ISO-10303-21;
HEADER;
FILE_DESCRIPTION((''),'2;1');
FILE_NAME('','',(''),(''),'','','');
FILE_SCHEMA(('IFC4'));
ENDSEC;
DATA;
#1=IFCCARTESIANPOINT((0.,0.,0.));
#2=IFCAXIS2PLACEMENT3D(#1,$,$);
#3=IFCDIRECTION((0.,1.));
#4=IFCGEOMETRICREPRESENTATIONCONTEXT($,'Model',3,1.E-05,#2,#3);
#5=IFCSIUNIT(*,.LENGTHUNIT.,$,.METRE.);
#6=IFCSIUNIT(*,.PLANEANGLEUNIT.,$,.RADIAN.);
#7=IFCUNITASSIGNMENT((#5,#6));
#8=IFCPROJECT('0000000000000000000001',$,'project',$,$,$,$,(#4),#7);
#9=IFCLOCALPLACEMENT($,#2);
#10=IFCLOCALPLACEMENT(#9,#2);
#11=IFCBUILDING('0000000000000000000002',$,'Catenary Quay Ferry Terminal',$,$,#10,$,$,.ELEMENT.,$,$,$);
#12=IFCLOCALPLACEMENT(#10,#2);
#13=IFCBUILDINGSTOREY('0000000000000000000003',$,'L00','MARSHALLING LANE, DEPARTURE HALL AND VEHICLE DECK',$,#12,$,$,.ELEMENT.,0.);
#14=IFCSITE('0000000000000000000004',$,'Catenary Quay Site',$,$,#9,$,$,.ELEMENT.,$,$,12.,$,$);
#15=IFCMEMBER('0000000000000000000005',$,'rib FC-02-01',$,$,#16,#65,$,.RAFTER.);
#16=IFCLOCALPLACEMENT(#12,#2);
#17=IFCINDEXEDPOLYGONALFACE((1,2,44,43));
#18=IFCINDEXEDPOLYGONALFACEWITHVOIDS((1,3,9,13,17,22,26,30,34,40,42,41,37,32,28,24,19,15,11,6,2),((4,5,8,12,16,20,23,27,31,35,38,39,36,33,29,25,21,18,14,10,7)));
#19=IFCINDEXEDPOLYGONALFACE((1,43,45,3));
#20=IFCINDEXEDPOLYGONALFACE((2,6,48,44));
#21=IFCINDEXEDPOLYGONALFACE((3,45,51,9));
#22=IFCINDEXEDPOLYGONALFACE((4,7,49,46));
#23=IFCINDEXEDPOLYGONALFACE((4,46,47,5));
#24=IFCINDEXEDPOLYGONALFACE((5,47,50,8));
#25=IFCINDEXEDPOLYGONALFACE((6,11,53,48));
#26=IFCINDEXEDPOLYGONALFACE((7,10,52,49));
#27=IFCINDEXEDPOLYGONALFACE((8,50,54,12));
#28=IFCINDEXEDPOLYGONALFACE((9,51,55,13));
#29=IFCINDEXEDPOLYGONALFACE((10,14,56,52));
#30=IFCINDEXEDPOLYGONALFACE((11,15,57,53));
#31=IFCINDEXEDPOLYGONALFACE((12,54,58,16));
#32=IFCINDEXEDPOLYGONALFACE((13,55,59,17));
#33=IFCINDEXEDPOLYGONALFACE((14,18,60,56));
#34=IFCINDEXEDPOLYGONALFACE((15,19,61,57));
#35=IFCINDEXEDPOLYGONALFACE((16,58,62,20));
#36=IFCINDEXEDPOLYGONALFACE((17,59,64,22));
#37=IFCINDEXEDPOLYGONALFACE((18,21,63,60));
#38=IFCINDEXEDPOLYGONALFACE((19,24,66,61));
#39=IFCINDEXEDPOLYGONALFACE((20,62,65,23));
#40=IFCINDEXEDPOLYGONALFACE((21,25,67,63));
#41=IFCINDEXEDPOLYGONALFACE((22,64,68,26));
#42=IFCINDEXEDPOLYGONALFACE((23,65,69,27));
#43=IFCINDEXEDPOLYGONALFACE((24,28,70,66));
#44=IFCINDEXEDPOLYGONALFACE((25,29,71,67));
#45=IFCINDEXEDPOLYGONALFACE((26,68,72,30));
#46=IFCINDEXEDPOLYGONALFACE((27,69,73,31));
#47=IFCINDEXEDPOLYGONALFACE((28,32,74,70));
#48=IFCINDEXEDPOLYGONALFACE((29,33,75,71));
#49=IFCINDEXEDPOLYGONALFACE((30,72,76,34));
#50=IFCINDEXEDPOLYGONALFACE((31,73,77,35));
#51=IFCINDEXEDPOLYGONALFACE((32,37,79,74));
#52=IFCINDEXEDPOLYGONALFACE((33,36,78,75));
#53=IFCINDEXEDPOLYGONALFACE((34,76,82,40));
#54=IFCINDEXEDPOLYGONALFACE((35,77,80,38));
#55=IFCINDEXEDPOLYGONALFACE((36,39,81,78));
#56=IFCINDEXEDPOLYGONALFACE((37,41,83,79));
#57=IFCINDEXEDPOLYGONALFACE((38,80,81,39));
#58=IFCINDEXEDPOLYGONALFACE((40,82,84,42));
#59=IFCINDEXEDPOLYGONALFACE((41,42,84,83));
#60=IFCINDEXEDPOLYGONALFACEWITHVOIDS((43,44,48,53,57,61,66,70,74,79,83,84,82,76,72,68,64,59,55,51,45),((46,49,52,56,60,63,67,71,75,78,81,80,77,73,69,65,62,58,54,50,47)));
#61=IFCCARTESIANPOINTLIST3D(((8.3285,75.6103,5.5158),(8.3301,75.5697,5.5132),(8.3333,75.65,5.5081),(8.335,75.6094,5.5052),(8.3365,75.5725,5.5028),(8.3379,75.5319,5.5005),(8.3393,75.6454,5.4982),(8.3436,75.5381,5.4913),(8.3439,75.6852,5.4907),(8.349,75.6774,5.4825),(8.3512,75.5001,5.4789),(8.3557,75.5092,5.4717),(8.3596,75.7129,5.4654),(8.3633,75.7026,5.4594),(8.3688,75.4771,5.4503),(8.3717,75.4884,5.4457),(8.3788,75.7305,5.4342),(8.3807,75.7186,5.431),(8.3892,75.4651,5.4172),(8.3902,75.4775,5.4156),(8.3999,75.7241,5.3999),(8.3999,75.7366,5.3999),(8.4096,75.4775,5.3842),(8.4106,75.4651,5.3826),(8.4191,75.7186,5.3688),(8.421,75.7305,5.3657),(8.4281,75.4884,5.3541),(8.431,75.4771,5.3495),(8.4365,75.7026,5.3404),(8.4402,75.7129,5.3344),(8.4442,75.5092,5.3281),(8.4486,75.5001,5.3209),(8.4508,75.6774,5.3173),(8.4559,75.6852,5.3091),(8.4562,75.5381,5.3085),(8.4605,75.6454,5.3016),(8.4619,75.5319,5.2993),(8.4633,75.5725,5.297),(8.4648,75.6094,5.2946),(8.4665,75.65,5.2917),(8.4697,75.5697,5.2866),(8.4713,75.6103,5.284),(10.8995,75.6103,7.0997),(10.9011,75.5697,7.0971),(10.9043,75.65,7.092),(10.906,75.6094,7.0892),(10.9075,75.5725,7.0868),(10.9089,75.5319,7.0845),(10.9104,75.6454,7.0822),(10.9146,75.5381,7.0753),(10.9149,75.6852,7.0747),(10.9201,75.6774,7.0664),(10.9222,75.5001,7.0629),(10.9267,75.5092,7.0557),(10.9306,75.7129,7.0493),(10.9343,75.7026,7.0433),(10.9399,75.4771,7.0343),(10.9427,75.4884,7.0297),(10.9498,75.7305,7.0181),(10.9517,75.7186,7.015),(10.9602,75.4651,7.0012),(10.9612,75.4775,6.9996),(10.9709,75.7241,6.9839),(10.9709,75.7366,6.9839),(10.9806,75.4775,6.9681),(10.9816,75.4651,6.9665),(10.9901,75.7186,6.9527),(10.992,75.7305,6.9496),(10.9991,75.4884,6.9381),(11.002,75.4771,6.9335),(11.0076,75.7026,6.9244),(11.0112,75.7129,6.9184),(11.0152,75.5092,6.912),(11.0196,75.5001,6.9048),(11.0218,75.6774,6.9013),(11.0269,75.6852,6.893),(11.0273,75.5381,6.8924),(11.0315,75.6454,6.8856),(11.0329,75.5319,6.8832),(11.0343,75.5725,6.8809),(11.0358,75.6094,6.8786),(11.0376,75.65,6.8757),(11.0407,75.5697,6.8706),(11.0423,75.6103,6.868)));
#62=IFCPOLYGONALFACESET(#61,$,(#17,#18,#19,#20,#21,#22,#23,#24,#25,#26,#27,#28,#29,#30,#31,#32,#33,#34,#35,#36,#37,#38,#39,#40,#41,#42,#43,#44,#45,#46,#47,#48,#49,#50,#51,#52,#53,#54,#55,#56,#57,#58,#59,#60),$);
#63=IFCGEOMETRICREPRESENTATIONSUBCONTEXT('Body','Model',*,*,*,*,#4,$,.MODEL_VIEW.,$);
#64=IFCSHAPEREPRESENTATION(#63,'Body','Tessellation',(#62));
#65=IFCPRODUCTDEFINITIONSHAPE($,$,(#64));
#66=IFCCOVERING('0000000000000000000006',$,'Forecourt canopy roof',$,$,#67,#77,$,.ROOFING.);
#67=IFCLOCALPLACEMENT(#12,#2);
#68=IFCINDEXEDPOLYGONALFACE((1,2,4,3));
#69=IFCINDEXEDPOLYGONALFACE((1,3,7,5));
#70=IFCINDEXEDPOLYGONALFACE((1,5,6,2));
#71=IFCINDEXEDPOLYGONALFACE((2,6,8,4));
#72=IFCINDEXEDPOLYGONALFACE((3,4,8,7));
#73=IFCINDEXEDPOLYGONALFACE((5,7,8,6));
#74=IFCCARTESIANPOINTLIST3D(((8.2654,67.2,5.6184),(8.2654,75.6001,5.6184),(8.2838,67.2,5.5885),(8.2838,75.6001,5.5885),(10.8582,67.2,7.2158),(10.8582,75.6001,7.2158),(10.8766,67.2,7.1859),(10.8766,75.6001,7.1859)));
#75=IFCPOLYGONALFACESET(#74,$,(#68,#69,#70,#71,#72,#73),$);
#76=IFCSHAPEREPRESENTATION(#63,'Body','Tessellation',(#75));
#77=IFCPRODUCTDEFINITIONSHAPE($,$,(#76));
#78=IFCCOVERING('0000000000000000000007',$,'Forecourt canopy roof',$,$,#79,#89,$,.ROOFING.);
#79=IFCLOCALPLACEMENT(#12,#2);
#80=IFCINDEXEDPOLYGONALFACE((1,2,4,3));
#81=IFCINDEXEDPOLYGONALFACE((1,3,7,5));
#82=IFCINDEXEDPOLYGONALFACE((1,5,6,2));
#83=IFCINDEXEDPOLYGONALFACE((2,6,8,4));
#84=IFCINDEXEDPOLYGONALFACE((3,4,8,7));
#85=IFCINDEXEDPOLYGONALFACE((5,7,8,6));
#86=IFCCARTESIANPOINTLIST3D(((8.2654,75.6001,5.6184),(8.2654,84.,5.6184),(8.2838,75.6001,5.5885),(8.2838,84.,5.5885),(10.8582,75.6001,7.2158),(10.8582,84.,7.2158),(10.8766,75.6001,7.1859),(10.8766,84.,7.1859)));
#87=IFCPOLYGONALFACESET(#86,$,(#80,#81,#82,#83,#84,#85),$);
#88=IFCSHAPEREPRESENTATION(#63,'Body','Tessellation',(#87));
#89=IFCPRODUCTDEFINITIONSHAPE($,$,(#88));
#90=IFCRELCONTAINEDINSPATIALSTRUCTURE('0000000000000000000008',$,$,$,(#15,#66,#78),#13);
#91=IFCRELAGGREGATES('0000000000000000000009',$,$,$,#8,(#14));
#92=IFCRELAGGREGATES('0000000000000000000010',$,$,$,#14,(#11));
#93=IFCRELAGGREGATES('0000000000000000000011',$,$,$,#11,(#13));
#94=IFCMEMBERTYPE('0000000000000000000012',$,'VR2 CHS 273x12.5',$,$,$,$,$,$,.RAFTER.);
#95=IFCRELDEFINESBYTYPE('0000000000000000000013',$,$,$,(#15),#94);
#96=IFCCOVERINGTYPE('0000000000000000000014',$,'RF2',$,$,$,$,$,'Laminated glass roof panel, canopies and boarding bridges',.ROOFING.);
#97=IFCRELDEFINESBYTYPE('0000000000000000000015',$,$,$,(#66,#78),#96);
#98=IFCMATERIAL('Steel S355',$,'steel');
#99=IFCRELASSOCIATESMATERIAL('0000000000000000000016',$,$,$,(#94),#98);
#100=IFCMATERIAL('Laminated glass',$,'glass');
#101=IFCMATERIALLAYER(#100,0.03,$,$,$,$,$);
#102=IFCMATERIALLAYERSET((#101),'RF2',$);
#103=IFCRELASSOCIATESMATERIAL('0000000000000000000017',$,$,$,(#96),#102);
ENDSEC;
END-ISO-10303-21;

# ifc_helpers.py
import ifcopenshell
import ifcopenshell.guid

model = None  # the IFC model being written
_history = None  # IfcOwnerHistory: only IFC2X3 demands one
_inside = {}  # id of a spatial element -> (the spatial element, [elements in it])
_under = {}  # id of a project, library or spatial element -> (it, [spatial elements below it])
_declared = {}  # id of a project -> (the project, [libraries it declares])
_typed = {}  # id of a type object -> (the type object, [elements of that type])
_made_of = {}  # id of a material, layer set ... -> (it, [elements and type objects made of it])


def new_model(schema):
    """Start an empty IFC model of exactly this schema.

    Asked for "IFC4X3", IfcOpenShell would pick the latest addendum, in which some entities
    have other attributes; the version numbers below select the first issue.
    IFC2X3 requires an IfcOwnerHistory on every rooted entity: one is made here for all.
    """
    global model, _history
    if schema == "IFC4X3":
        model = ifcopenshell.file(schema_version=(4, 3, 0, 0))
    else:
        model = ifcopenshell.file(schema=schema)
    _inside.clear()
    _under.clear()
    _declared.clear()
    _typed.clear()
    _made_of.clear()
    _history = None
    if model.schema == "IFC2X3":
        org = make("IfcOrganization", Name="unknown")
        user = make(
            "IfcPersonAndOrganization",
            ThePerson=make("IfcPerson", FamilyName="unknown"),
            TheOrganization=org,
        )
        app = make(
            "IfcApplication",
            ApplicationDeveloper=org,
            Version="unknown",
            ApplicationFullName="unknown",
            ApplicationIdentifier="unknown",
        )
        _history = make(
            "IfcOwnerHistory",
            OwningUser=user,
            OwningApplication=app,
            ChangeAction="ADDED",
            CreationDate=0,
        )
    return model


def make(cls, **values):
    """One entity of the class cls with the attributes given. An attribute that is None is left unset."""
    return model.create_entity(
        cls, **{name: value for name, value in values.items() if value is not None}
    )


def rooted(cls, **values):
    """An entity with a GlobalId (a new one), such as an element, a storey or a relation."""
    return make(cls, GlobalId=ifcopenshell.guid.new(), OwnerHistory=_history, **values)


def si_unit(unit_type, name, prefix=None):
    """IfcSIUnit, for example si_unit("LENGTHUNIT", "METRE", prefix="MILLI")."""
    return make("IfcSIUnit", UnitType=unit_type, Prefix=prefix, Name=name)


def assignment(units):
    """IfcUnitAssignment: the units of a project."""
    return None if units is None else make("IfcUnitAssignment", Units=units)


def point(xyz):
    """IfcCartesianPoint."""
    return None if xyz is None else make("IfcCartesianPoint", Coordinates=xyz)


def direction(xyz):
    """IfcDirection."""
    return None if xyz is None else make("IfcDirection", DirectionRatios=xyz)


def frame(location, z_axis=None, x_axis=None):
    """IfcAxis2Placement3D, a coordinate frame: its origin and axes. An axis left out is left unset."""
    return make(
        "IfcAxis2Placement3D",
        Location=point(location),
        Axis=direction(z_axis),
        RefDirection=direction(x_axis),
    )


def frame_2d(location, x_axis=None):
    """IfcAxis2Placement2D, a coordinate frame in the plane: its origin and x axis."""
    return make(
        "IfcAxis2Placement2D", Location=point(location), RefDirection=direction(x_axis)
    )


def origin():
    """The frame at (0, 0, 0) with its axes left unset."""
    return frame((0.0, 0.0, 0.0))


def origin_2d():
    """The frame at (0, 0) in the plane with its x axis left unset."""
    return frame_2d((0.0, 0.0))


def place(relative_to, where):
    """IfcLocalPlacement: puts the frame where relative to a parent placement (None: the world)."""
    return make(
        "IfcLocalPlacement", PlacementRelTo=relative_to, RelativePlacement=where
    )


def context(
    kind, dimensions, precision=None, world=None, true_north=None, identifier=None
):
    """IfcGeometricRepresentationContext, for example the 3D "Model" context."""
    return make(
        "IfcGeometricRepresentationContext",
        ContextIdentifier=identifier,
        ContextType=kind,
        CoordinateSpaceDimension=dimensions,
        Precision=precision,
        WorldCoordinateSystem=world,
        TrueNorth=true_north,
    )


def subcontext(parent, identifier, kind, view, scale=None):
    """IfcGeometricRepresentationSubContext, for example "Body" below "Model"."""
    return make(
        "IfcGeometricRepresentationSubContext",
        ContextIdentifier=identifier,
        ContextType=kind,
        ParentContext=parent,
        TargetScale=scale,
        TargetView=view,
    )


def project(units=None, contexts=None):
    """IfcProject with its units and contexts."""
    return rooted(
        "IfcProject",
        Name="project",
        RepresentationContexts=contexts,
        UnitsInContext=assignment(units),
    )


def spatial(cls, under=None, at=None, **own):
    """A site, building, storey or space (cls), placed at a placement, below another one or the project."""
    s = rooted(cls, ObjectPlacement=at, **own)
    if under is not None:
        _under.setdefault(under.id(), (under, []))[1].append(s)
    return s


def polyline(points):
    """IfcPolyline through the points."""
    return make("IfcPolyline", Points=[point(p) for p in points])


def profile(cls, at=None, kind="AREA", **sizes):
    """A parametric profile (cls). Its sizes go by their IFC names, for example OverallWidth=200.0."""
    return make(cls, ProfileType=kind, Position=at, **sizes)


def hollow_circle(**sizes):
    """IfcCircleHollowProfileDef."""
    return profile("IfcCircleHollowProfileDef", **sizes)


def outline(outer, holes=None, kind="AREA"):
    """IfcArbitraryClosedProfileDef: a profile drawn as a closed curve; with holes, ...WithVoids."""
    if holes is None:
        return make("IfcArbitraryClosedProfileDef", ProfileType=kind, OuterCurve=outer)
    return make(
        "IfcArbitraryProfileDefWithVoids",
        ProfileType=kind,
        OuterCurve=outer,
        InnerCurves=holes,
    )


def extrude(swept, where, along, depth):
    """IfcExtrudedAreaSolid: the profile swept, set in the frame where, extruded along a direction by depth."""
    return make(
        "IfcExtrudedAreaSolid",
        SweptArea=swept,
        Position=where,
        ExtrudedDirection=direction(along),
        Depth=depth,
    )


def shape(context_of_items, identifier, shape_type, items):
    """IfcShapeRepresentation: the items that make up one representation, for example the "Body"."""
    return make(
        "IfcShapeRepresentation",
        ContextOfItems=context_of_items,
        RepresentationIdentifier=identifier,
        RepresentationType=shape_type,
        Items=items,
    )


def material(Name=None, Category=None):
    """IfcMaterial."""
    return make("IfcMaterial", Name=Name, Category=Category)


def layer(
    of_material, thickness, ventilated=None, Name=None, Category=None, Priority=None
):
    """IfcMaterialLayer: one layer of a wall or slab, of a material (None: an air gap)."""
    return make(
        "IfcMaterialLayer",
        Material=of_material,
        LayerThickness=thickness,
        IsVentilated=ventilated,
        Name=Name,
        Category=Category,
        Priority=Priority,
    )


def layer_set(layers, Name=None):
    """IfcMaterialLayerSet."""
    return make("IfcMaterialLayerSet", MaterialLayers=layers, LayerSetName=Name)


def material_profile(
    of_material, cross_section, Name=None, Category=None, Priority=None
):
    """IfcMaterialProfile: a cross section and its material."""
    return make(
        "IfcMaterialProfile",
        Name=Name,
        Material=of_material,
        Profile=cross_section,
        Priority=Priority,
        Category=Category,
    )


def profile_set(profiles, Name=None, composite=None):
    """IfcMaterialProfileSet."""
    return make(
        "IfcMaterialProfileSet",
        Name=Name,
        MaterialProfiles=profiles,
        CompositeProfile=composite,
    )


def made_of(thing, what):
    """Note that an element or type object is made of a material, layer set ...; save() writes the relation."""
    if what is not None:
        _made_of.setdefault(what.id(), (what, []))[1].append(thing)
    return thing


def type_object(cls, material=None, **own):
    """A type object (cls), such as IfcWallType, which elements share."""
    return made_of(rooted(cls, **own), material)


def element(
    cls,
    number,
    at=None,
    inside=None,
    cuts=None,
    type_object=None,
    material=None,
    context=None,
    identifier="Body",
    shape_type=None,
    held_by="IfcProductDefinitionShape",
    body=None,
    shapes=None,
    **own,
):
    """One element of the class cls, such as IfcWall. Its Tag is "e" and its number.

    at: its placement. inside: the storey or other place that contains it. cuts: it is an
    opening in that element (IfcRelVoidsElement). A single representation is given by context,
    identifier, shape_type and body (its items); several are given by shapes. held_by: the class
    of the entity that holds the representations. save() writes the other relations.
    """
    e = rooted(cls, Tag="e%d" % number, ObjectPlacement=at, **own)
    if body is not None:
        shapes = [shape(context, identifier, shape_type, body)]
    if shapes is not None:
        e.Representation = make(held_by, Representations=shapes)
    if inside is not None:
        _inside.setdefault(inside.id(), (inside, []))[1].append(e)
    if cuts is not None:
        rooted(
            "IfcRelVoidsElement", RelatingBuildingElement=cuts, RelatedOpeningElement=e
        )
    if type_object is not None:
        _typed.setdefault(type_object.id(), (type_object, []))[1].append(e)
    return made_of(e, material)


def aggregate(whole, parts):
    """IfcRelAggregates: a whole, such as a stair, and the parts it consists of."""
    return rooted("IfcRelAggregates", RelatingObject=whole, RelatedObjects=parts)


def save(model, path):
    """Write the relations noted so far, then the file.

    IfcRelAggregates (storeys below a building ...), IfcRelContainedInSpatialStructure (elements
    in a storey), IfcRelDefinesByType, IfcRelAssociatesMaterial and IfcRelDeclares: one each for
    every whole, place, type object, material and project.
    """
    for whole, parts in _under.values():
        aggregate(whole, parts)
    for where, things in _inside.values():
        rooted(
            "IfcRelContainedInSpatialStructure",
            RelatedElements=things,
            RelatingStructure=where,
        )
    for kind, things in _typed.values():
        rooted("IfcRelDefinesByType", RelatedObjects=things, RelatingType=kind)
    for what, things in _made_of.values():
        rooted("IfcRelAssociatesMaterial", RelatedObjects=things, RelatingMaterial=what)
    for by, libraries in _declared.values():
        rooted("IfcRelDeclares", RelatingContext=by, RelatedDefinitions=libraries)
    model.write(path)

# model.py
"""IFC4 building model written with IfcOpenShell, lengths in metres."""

from ifc_helpers import new_model, si_unit, direction, frame, origin, origin_2d, place, context, subcontext, project, spatial, polyline, hollow_circle, outline, extrude, material, layer, layer_set, material_profile, profile_set, type_object, element, save


model = new_model("IFC4")

# Units and contexts
model_context = context("Model", 3, precision=1e-05, world=origin(), true_north=direction((0.0, 1.0)))
body_context = subcontext(model_context, "Body", "Model", "MODEL_VIEW")
ifc_project = project(units=[si_unit("LENGTHUNIT", "METRE"), si_unit("PLANEANGLEUNIT", "RADIAN")], contexts=[model_context])

# Site, building, storey
site_placement = place(None, origin())
site = spatial("IfcSite", under=ifc_project, at=site_placement, Name="Catenary Quay Site", CompositionType="ELEMENT", RefElevation=12.0)
building_placement = place(site_placement, origin())
building = spatial("IfcBuilding", under=site, at=building_placement, Name="Catenary Quay Ferry Terminal", CompositionType="ELEMENT")
storey_placement = place(building_placement, origin())
storey = spatial("IfcBuildingStorey", under=building, at=storey_placement, Name="L00", Description="MARSHALLING LANE, DEPARTURE HALL AND VEHICLE DECK", CompositionType="ELEMENT", Elevation=0.0)

# Member
ifc_material_1 = material(Name="Steel S355", Category="steel")
ifc_material_profile_1 = material_profile(ifc_material_1, hollow_circle(Radius=0.1365, WallThickness=0.0125, at=origin_2d()), Name="CHS 273x12.5")
ifc_profile_set_1 = profile_set([ifc_material_profile_1], Name="Steel S355")
member_type_1 = type_object("IfcMemberType", Name="VR2 CHS 273x12.5", PredefinedType="RAFTER", material=ifc_profile_set_1)
for number, where, z_axis, x_axis, name in (
    (1, (8.3999, 75.6001, 5.3999), (0.851392, 0.0, 0.52453), (0.0, 1.0, 0.0), "rib FC-02-01"),
):
    element("IfcMember", number, at=place(storey_placement, frame(where, z_axis=z_axis, x_axis=x_axis)), inside=storey, type_object=member_type_1, Name=name, PredefinedType="RAFTER", context=body_context, shape_type="SweptSolid", body=[
        extrude(hollow_circle(Radius=0.1365, WallThickness=0.0125, at=origin_2d()), origin(), (0.0, 0.0, 1.0), 3.0198),
    ])

# Coverings
ifc_material_2 = material(Name="Laminated glass", Category="glass")
ifc_layer = layer(ifc_material_2, 0.03)
ifc_layer_set = layer_set([ifc_layer], Name="RF2")
covering_type = type_object("IfcCoveringType", Name="RF2", ElementType="Laminated glass roof panel, canopies and boarding bridges", PredefinedType="ROOFING", material=ifc_layer_set)
covering_1_placement = place(storey_placement, frame((8.2654, 67.2, 5.6184), z_axis=(-0.52454, 0.0, 0.851386), x_axis=(0.0, 1.0, 0.0)))
element("IfcCovering", 2, at=covering_1_placement, inside=storey, type_object=covering_type, Name="Forecourt canopy roof", PredefinedType="ROOFING", context=body_context, shape_type="SweptSolid", body=[
    extrude(outline(polyline([(0.0, 0.0), (8.4001, 0.0), (8.4001, -3.0454), (0.0, -3.0454), (0.0, 0.0)])), origin(), (0.0, 0.0, -1.0), 0.0352),
])
covering_2_placement = place(storey_placement, frame((8.2654, 75.6001, 5.6184), z_axis=(-0.52454, 0.0, 0.851386), x_axis=(0.0, 1.0, 0.0)))
element("IfcCovering", 3, at=covering_2_placement, inside=storey, type_object=covering_type, Name="Forecourt canopy roof", PredefinedType="ROOFING", context=body_context, shape_type="SweptSolid", body=[
    extrude(outline(polyline([(0.0, 0.0), (8.3999, 0.0), (8.3999, -3.0454), (0.0, -3.0454), (0.0, 0.0)])), origin(), (0.0, 0.0, -1.0), 0.0352),
])

save(model, "model.ifc")
